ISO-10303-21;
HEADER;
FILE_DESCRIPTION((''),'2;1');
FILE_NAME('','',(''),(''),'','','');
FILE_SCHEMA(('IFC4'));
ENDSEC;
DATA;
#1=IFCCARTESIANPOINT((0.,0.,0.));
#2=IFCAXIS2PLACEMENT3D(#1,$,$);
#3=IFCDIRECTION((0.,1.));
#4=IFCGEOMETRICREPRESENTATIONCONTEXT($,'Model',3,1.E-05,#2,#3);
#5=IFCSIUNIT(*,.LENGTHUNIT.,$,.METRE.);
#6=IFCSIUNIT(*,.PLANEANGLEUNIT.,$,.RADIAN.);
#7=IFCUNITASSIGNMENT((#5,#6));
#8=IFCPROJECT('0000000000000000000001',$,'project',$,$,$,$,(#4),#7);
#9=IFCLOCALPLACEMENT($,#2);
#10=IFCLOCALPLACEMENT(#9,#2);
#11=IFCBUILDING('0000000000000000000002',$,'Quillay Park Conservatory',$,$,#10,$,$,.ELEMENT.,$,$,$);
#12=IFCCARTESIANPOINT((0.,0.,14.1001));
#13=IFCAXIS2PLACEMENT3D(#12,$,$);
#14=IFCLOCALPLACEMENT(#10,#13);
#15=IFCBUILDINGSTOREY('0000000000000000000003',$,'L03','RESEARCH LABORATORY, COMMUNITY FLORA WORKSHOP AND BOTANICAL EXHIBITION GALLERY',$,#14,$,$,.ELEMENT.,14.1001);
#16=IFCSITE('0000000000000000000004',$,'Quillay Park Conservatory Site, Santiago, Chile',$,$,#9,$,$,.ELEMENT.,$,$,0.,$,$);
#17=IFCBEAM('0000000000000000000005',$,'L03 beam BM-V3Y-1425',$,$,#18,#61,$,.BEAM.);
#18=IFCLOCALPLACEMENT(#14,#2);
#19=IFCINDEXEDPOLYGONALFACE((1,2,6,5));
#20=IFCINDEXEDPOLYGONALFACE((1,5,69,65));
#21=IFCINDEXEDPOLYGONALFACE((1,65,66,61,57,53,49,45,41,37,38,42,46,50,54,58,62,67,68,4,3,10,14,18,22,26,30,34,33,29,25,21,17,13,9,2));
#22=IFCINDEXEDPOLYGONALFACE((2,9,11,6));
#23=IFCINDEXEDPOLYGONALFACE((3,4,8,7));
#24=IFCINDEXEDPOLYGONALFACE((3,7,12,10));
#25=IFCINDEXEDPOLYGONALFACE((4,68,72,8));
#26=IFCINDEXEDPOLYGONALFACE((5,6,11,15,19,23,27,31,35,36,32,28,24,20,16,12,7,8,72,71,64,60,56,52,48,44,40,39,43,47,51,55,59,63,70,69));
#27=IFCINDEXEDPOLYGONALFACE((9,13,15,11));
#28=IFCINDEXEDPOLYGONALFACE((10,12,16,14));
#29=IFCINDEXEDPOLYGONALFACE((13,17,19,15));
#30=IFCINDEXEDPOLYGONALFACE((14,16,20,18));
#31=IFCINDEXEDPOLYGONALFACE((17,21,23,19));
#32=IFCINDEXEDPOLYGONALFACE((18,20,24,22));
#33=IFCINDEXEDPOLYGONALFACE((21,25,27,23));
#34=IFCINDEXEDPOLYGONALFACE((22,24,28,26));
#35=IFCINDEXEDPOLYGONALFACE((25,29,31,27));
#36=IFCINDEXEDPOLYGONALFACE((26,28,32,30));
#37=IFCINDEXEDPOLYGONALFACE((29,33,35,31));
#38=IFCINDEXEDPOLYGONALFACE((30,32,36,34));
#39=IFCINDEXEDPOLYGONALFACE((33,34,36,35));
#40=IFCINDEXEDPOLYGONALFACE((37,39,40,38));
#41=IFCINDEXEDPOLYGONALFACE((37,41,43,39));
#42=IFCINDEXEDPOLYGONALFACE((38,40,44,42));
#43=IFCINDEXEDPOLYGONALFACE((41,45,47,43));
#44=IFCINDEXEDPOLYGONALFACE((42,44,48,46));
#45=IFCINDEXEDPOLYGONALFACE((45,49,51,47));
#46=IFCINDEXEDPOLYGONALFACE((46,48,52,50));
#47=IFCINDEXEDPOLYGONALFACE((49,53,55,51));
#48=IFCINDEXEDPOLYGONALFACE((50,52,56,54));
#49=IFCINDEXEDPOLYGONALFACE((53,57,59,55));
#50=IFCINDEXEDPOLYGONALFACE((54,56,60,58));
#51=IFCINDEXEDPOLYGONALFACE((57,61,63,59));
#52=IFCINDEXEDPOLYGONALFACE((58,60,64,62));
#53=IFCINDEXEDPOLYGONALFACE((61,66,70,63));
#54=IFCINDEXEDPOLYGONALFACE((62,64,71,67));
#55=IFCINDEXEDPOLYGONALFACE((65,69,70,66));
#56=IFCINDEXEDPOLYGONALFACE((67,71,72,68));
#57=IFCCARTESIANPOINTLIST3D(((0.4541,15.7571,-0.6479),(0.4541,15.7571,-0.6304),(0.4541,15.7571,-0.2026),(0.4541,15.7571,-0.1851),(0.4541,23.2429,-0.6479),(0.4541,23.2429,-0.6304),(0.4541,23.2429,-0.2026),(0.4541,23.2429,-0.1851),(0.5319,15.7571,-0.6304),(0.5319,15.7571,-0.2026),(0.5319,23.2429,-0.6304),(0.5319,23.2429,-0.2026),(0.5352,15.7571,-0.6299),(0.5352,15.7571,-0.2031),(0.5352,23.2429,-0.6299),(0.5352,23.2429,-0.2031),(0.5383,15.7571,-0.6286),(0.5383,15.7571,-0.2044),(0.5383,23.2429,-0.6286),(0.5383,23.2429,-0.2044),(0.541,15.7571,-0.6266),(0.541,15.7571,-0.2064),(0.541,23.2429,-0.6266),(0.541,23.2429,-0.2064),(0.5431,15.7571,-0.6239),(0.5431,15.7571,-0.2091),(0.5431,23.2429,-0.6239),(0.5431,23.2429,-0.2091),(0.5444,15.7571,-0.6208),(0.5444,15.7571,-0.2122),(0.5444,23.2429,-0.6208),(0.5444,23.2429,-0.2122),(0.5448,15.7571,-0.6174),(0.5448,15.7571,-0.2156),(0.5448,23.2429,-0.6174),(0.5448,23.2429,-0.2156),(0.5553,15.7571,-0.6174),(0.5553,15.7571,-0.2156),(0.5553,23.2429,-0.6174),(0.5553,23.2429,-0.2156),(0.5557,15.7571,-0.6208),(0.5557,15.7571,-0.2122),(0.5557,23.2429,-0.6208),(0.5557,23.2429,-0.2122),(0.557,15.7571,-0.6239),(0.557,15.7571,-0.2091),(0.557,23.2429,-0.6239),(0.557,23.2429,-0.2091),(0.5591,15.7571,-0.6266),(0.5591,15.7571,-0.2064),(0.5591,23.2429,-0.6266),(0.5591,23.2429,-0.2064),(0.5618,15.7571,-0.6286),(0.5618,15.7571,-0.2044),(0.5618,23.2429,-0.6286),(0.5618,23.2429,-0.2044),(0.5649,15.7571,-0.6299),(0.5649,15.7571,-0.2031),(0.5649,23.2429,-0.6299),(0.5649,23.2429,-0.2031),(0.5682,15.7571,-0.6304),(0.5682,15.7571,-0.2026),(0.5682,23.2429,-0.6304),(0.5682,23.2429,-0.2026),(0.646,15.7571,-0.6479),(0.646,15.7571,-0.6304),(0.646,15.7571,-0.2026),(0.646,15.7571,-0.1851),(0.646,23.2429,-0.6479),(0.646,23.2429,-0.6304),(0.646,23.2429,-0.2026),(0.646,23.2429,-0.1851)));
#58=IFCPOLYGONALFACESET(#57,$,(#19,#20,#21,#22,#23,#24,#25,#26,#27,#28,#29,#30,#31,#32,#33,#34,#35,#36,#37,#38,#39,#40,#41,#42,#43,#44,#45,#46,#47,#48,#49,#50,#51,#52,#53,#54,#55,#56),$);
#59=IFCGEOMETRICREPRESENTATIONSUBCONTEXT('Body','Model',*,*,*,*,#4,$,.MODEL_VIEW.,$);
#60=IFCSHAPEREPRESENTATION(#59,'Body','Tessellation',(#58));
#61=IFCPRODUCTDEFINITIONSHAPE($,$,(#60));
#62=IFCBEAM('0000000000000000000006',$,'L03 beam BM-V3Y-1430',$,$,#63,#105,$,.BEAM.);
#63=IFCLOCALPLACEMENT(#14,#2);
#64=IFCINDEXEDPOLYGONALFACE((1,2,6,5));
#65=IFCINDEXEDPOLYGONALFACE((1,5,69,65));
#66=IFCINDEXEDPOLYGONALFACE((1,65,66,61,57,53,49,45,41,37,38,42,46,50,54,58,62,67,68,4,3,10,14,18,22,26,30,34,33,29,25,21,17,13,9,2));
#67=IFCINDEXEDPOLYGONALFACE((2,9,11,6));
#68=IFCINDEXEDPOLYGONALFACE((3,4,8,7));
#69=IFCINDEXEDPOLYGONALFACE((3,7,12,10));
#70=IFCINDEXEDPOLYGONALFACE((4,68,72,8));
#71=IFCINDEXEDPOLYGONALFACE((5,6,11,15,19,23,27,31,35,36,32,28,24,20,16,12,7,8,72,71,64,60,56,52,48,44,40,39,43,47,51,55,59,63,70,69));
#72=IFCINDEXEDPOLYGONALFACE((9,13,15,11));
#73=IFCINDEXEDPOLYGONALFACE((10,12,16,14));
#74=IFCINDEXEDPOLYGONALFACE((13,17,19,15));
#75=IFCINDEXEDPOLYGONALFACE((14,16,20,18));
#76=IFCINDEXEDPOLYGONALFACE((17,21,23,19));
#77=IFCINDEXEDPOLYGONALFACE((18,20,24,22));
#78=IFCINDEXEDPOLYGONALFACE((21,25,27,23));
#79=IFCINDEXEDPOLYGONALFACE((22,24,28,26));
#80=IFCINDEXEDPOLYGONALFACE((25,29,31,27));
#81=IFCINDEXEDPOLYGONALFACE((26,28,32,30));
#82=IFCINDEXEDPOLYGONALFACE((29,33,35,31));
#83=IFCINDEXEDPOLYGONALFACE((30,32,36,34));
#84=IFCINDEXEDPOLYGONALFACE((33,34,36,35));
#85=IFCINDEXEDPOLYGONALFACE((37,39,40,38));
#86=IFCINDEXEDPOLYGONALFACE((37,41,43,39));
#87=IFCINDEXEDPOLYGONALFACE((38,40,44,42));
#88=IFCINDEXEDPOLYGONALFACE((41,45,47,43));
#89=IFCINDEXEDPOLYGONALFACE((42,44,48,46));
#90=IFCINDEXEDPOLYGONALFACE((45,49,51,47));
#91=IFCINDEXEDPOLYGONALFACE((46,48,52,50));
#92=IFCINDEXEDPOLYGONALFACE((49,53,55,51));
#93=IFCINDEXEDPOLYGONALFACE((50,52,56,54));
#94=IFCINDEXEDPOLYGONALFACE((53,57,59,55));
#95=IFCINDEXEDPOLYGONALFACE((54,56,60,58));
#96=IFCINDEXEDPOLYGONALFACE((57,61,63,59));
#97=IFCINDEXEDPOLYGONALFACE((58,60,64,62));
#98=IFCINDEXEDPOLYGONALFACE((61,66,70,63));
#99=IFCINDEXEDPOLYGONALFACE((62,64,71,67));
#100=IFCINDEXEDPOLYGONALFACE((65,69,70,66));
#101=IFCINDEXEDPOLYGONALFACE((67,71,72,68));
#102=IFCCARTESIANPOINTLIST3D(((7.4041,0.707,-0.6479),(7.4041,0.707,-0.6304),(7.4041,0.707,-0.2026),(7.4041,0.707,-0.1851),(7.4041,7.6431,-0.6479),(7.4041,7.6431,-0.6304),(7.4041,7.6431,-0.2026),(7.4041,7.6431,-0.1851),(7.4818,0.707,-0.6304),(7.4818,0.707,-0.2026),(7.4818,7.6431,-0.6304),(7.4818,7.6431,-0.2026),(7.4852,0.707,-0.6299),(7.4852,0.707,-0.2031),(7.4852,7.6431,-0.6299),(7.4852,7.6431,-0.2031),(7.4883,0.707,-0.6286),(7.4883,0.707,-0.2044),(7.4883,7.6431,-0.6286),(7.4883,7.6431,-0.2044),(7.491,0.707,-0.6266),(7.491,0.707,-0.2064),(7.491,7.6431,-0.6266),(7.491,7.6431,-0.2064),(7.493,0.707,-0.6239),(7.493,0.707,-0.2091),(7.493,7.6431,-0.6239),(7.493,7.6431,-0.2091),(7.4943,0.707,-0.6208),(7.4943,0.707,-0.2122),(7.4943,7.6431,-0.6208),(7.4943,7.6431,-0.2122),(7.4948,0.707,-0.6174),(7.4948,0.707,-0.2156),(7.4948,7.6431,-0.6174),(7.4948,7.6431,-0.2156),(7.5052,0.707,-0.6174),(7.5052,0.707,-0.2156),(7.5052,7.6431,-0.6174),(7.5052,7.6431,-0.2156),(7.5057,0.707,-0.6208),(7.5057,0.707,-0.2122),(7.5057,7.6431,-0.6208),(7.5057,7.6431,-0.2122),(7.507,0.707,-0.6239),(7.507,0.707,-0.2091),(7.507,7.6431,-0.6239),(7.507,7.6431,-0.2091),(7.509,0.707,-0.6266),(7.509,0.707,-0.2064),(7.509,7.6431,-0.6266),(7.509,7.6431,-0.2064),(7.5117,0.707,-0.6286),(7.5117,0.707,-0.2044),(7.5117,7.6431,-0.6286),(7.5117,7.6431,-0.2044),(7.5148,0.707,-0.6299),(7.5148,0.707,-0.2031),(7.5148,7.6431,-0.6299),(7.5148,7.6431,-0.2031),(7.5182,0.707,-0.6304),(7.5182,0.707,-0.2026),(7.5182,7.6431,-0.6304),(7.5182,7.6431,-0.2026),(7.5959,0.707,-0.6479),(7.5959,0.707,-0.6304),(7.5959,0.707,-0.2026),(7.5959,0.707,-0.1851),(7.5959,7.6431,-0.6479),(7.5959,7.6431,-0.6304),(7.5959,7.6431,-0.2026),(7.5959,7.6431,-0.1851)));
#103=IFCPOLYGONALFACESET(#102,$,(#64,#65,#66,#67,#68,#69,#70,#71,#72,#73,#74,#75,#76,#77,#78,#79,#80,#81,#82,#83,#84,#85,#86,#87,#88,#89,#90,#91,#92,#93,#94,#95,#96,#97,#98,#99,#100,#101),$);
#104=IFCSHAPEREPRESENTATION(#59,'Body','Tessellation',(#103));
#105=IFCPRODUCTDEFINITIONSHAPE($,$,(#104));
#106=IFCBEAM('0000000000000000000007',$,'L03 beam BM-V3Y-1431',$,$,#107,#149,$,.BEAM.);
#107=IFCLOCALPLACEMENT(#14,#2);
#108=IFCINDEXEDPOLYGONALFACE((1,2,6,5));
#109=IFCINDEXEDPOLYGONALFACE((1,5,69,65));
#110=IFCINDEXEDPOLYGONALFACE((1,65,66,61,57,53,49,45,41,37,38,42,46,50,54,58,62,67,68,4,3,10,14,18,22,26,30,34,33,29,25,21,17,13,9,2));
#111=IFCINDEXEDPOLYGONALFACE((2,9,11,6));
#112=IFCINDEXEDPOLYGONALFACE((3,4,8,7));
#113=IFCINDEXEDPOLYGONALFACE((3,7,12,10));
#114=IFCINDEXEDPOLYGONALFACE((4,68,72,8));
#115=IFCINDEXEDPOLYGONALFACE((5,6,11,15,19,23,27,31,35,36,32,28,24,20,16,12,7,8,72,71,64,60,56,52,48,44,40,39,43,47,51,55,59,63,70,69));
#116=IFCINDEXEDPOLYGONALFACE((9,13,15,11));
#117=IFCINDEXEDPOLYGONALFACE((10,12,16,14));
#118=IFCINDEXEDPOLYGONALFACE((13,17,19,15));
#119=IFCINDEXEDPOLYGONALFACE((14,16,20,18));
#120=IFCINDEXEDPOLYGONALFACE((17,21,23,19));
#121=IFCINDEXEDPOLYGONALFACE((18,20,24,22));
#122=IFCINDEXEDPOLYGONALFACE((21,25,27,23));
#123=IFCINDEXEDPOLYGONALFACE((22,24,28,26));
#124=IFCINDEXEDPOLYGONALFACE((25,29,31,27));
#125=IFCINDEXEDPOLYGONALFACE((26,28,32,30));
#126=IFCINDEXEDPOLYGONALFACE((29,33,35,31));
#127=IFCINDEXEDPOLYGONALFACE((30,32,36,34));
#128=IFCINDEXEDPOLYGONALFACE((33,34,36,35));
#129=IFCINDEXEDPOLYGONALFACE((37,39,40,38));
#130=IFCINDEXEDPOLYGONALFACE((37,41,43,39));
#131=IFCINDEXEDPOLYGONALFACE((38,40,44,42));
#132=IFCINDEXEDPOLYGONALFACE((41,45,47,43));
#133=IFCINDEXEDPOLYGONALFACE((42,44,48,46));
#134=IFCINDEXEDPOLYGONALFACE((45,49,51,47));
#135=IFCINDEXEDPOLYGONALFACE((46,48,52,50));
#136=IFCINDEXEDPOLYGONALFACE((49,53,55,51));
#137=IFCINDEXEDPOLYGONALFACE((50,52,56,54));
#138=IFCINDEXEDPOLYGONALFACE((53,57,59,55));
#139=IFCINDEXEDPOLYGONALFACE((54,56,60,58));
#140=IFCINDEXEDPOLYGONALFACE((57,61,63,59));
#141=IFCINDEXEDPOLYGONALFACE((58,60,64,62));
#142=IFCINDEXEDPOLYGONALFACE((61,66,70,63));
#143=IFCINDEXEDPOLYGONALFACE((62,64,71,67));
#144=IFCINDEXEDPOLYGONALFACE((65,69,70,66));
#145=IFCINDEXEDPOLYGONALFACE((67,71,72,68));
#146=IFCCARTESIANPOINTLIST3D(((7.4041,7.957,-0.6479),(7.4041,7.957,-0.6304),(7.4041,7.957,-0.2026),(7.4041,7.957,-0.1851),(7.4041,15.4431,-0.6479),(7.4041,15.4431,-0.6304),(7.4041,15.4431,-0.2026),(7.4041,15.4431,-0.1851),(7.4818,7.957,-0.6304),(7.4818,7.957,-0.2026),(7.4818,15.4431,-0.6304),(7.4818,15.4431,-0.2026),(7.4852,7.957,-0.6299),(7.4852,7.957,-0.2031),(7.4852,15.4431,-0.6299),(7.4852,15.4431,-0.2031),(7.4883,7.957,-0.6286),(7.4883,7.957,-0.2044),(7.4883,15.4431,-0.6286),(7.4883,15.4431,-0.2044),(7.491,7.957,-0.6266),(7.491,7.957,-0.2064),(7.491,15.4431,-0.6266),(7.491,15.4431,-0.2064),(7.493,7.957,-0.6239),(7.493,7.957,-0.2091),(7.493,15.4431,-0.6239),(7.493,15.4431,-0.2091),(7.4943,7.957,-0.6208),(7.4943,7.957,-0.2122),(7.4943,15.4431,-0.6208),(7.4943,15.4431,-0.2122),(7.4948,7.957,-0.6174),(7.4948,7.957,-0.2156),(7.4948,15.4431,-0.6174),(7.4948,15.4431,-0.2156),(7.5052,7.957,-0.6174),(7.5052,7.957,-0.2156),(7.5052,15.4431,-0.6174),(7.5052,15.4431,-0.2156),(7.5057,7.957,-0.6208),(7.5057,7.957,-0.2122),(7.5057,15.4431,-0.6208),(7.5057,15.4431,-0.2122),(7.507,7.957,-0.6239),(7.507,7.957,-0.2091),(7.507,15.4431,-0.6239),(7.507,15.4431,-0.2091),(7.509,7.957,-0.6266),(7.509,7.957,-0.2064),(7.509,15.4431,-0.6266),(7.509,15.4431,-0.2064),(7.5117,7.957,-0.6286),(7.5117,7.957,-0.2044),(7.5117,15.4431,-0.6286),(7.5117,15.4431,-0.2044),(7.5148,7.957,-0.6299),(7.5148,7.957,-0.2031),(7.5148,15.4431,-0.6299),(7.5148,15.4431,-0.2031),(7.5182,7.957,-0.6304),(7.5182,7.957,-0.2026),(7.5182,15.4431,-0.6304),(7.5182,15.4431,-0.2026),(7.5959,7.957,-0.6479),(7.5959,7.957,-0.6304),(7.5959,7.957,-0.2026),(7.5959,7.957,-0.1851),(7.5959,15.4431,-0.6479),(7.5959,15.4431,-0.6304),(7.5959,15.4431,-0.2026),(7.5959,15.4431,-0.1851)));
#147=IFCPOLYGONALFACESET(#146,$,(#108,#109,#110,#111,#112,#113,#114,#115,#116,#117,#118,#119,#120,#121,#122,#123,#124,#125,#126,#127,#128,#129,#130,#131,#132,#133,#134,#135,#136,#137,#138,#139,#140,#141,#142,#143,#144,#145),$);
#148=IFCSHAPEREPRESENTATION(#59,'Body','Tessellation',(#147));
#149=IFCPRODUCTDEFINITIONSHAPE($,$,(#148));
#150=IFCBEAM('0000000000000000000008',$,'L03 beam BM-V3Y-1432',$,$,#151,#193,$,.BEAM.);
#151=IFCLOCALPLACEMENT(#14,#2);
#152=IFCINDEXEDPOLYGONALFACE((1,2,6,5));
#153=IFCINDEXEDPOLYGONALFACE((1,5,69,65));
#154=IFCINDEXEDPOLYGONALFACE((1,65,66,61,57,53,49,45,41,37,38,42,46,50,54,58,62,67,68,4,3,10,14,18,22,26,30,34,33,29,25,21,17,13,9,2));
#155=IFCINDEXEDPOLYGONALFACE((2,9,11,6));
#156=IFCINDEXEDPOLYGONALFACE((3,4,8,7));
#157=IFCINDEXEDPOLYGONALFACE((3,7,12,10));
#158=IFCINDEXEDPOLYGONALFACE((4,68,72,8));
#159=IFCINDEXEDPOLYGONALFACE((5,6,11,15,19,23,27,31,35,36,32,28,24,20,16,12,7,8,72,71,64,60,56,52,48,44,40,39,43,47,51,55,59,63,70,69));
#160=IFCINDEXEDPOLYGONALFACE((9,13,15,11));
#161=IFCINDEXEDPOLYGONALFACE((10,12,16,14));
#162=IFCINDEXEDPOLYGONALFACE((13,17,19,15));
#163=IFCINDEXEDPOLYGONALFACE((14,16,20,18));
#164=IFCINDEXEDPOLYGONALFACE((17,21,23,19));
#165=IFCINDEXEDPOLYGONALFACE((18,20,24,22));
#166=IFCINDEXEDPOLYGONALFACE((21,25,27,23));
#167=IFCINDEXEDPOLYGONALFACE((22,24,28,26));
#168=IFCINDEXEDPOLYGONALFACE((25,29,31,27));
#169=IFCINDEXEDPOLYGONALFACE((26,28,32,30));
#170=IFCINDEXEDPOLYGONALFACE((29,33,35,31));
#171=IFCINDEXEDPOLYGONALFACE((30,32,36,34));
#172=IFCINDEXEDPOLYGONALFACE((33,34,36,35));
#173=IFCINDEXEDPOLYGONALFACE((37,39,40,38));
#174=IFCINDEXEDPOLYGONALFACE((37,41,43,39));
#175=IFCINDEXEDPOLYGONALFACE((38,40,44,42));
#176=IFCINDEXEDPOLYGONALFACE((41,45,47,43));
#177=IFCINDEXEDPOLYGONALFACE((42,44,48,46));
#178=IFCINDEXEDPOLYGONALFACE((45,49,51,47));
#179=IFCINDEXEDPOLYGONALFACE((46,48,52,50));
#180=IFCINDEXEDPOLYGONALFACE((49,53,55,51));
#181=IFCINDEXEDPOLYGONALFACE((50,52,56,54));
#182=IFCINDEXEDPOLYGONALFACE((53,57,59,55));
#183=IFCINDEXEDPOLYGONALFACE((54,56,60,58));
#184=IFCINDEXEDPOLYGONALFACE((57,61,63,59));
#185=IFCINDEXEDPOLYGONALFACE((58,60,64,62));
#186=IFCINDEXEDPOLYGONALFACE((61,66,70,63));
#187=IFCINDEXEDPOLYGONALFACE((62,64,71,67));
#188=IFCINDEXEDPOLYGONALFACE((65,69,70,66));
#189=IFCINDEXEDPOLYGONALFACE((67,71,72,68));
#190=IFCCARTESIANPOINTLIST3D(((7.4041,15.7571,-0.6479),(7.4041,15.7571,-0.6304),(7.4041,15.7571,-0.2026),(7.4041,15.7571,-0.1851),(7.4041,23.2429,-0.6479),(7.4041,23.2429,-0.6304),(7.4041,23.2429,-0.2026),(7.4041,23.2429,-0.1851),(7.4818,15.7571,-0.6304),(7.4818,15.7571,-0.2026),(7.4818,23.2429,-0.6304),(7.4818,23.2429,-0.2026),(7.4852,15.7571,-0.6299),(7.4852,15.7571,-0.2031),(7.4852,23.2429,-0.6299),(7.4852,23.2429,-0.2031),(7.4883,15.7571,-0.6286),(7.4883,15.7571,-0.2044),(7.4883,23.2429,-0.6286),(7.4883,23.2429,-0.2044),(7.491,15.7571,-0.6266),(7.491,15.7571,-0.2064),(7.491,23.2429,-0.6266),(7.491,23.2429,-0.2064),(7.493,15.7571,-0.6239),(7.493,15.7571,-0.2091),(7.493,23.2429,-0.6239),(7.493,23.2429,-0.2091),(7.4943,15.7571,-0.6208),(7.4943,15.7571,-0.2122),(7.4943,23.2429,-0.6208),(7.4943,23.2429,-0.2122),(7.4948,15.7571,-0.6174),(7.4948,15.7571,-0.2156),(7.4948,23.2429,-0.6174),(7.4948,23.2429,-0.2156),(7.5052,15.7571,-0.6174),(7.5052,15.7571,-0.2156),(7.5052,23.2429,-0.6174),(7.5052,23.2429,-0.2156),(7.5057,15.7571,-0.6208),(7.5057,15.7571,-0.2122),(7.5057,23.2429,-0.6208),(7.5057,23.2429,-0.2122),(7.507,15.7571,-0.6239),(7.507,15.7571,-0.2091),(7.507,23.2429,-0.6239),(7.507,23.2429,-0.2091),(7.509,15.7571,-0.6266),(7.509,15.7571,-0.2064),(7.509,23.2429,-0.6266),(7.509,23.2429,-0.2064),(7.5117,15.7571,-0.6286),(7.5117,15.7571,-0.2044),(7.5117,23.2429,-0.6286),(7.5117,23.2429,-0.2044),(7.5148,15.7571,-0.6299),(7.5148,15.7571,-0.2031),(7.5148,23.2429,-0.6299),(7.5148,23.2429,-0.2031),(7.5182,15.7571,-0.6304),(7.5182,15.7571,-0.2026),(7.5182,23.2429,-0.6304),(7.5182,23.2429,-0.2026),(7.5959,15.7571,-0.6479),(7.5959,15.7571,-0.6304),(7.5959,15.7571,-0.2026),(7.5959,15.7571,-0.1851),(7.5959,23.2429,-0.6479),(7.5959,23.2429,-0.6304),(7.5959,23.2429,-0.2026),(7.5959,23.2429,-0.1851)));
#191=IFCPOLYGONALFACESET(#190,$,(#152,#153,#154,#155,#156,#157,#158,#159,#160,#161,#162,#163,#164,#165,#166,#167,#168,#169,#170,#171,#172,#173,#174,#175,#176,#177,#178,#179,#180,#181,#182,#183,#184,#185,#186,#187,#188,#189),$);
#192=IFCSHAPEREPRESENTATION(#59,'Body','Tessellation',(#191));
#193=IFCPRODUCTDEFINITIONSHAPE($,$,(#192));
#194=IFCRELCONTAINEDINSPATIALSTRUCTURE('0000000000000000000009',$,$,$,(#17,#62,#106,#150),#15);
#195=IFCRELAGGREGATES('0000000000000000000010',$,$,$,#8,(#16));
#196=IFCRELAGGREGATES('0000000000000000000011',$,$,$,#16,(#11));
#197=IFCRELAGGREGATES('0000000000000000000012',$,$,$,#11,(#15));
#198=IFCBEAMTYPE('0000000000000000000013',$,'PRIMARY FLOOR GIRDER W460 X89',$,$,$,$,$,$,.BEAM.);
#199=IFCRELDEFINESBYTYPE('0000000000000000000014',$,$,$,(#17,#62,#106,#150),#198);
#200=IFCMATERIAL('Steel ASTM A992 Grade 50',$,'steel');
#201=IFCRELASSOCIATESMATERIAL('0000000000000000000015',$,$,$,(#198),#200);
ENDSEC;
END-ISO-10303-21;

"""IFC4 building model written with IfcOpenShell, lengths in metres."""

from ifc_helpers import new_model, si_unit, direction, frame, origin, origin_2d, place, context, subcontext, project, spatial, i_section, extrude, material, material_profile, profile_set, type_object, element, save


model = new_model("IFC4")

# Units and contexts
model_context = context("Model", 3, precision=1e-05, world=origin(), true_north=direction((0.0, 1.0)))
body_context = subcontext(model_context, "Body", "Model", "MODEL_VIEW")
ifc_project = project(units=[si_unit("LENGTHUNIT", "METRE"), si_unit("PLANEANGLEUNIT", "RADIAN")], contexts=[model_context])

# Site, building, storey
site_placement = place(None, origin())
site = spatial("IfcSite", under=ifc_project, at=site_placement, Name="Quillay Park Conservatory Site, Santiago, Chile", CompositionType="ELEMENT", RefElevation=0.0)
building_placement = place(site_placement, origin())
building = spatial("IfcBuilding", under=site, at=building_placement, Name="Quillay Park Conservatory", CompositionType="ELEMENT")
storey_placement = place(building_placement, frame((0.0, 0.0, 14.1001)))
storey = spatial("IfcBuildingStorey", under=building, at=storey_placement, Name="L03", Description="RESEARCH LABORATORY, COMMUNITY FLORA WORKSHOP AND BOTANICAL EXHIBITION GALLERY", CompositionType="ELEMENT", Elevation=14.1001)

# Beams
ifc_material_1 = material(Name="Steel ASTM A992 Grade 50", Category="steel")
ifc_material_profile_1 = material_profile(ifc_material_1, i_section(OverallWidth=0.1919, OverallDepth=0.4629, WebThickness=0.0105, FlangeThickness=0.0176, FilletRadius=0.0129, at=origin_2d()), Name="W460x89")
ifc_profile_set_1 = profile_set([ifc_material_profile_1], Name="Steel ASTM A992 Grade 50")
beam_type_1 = type_object("IfcBeamType", Name="PRIMARY FLOOR GIRDER W460 X89", PredefinedType="BEAM", material=ifc_profile_set_1)
beam_1_placement = place(storey_placement, frame((0.55, 15.7571, -0.4165), z_axis=(0.0, 1.0, 0.0), x_axis=(-1.0, 0.0, 0.0)))
element("IfcBeam", 1, at=beam_1_placement, inside=storey, type_object=beam_type_1, Name="L03 beam BM-V3Y-1425", PredefinedType="BEAM", context=body_context, shape_type="SweptSolid", body=[
    extrude(i_section(OverallWidth=0.1919, OverallDepth=0.4629, WebThickness=0.0105, FlangeThickness=0.0176, FilletRadius=0.0129, at=origin_2d()), origin(), (0.0, 0.0, 1.0), 7.4858),
])
beam_2_placement = place(storey_placement, frame((7.5, 0.707, -0.4165), z_axis=(0.0, 1.0, 0.0), x_axis=(-1.0, 0.0, 0.0)))
element("IfcBeam", 2, at=beam_2_placement, inside=storey, type_object=beam_type_1, Name="L03 beam BM-V3Y-1430", PredefinedType="BEAM", context=body_context, shape_type="SweptSolid", body=[
    extrude(i_section(OverallWidth=0.1919, OverallDepth=0.4629, WebThickness=0.0105, FlangeThickness=0.0176, FilletRadius=0.0129, at=origin_2d()), origin(), (0.0, 0.0, 1.0), 6.936),
])
beam_3_placement = place(storey_placement, frame((7.5, 7.957, -0.4165), z_axis=(0.0, 1.0, 0.0), x_axis=(-1.0, 0.0, 0.0)))
element("IfcBeam", 3, at=beam_3_placement, inside=storey, type_object=beam_type_1, Name="L03 beam BM-V3Y-1431", PredefinedType="BEAM", context=body_context, shape_type="SweptSolid", body=[
    extrude(i_section(OverallWidth=0.1919, OverallDepth=0.4629, WebThickness=0.0105, FlangeThickness=0.0176, FilletRadius=0.0129, at=origin_2d()), origin(), (0.0, 0.0, 1.0), 7.4861),
])
beam_4_placement = place(storey_placement, frame((7.5, 15.7571, -0.4165), z_axis=(0.0, 1.0, 0.0), x_axis=(-1.0, 0.0, 0.0)))
element("IfcBeam", 4, at=beam_4_placement, inside=storey, type_object=beam_type_1, Name="L03 beam BM-V3Y-1432", PredefinedType="BEAM", context=body_context, shape_type="SweptSolid", body=[
    extrude(i_section(OverallWidth=0.1919, OverallDepth=0.4629, WebThickness=0.0105, FlangeThickness=0.0176, FilletRadius=0.0129, at=origin_2d()), origin(), (0.0, 0.0, 1.0), 7.4858),
])

save(model, "model.ifc")
